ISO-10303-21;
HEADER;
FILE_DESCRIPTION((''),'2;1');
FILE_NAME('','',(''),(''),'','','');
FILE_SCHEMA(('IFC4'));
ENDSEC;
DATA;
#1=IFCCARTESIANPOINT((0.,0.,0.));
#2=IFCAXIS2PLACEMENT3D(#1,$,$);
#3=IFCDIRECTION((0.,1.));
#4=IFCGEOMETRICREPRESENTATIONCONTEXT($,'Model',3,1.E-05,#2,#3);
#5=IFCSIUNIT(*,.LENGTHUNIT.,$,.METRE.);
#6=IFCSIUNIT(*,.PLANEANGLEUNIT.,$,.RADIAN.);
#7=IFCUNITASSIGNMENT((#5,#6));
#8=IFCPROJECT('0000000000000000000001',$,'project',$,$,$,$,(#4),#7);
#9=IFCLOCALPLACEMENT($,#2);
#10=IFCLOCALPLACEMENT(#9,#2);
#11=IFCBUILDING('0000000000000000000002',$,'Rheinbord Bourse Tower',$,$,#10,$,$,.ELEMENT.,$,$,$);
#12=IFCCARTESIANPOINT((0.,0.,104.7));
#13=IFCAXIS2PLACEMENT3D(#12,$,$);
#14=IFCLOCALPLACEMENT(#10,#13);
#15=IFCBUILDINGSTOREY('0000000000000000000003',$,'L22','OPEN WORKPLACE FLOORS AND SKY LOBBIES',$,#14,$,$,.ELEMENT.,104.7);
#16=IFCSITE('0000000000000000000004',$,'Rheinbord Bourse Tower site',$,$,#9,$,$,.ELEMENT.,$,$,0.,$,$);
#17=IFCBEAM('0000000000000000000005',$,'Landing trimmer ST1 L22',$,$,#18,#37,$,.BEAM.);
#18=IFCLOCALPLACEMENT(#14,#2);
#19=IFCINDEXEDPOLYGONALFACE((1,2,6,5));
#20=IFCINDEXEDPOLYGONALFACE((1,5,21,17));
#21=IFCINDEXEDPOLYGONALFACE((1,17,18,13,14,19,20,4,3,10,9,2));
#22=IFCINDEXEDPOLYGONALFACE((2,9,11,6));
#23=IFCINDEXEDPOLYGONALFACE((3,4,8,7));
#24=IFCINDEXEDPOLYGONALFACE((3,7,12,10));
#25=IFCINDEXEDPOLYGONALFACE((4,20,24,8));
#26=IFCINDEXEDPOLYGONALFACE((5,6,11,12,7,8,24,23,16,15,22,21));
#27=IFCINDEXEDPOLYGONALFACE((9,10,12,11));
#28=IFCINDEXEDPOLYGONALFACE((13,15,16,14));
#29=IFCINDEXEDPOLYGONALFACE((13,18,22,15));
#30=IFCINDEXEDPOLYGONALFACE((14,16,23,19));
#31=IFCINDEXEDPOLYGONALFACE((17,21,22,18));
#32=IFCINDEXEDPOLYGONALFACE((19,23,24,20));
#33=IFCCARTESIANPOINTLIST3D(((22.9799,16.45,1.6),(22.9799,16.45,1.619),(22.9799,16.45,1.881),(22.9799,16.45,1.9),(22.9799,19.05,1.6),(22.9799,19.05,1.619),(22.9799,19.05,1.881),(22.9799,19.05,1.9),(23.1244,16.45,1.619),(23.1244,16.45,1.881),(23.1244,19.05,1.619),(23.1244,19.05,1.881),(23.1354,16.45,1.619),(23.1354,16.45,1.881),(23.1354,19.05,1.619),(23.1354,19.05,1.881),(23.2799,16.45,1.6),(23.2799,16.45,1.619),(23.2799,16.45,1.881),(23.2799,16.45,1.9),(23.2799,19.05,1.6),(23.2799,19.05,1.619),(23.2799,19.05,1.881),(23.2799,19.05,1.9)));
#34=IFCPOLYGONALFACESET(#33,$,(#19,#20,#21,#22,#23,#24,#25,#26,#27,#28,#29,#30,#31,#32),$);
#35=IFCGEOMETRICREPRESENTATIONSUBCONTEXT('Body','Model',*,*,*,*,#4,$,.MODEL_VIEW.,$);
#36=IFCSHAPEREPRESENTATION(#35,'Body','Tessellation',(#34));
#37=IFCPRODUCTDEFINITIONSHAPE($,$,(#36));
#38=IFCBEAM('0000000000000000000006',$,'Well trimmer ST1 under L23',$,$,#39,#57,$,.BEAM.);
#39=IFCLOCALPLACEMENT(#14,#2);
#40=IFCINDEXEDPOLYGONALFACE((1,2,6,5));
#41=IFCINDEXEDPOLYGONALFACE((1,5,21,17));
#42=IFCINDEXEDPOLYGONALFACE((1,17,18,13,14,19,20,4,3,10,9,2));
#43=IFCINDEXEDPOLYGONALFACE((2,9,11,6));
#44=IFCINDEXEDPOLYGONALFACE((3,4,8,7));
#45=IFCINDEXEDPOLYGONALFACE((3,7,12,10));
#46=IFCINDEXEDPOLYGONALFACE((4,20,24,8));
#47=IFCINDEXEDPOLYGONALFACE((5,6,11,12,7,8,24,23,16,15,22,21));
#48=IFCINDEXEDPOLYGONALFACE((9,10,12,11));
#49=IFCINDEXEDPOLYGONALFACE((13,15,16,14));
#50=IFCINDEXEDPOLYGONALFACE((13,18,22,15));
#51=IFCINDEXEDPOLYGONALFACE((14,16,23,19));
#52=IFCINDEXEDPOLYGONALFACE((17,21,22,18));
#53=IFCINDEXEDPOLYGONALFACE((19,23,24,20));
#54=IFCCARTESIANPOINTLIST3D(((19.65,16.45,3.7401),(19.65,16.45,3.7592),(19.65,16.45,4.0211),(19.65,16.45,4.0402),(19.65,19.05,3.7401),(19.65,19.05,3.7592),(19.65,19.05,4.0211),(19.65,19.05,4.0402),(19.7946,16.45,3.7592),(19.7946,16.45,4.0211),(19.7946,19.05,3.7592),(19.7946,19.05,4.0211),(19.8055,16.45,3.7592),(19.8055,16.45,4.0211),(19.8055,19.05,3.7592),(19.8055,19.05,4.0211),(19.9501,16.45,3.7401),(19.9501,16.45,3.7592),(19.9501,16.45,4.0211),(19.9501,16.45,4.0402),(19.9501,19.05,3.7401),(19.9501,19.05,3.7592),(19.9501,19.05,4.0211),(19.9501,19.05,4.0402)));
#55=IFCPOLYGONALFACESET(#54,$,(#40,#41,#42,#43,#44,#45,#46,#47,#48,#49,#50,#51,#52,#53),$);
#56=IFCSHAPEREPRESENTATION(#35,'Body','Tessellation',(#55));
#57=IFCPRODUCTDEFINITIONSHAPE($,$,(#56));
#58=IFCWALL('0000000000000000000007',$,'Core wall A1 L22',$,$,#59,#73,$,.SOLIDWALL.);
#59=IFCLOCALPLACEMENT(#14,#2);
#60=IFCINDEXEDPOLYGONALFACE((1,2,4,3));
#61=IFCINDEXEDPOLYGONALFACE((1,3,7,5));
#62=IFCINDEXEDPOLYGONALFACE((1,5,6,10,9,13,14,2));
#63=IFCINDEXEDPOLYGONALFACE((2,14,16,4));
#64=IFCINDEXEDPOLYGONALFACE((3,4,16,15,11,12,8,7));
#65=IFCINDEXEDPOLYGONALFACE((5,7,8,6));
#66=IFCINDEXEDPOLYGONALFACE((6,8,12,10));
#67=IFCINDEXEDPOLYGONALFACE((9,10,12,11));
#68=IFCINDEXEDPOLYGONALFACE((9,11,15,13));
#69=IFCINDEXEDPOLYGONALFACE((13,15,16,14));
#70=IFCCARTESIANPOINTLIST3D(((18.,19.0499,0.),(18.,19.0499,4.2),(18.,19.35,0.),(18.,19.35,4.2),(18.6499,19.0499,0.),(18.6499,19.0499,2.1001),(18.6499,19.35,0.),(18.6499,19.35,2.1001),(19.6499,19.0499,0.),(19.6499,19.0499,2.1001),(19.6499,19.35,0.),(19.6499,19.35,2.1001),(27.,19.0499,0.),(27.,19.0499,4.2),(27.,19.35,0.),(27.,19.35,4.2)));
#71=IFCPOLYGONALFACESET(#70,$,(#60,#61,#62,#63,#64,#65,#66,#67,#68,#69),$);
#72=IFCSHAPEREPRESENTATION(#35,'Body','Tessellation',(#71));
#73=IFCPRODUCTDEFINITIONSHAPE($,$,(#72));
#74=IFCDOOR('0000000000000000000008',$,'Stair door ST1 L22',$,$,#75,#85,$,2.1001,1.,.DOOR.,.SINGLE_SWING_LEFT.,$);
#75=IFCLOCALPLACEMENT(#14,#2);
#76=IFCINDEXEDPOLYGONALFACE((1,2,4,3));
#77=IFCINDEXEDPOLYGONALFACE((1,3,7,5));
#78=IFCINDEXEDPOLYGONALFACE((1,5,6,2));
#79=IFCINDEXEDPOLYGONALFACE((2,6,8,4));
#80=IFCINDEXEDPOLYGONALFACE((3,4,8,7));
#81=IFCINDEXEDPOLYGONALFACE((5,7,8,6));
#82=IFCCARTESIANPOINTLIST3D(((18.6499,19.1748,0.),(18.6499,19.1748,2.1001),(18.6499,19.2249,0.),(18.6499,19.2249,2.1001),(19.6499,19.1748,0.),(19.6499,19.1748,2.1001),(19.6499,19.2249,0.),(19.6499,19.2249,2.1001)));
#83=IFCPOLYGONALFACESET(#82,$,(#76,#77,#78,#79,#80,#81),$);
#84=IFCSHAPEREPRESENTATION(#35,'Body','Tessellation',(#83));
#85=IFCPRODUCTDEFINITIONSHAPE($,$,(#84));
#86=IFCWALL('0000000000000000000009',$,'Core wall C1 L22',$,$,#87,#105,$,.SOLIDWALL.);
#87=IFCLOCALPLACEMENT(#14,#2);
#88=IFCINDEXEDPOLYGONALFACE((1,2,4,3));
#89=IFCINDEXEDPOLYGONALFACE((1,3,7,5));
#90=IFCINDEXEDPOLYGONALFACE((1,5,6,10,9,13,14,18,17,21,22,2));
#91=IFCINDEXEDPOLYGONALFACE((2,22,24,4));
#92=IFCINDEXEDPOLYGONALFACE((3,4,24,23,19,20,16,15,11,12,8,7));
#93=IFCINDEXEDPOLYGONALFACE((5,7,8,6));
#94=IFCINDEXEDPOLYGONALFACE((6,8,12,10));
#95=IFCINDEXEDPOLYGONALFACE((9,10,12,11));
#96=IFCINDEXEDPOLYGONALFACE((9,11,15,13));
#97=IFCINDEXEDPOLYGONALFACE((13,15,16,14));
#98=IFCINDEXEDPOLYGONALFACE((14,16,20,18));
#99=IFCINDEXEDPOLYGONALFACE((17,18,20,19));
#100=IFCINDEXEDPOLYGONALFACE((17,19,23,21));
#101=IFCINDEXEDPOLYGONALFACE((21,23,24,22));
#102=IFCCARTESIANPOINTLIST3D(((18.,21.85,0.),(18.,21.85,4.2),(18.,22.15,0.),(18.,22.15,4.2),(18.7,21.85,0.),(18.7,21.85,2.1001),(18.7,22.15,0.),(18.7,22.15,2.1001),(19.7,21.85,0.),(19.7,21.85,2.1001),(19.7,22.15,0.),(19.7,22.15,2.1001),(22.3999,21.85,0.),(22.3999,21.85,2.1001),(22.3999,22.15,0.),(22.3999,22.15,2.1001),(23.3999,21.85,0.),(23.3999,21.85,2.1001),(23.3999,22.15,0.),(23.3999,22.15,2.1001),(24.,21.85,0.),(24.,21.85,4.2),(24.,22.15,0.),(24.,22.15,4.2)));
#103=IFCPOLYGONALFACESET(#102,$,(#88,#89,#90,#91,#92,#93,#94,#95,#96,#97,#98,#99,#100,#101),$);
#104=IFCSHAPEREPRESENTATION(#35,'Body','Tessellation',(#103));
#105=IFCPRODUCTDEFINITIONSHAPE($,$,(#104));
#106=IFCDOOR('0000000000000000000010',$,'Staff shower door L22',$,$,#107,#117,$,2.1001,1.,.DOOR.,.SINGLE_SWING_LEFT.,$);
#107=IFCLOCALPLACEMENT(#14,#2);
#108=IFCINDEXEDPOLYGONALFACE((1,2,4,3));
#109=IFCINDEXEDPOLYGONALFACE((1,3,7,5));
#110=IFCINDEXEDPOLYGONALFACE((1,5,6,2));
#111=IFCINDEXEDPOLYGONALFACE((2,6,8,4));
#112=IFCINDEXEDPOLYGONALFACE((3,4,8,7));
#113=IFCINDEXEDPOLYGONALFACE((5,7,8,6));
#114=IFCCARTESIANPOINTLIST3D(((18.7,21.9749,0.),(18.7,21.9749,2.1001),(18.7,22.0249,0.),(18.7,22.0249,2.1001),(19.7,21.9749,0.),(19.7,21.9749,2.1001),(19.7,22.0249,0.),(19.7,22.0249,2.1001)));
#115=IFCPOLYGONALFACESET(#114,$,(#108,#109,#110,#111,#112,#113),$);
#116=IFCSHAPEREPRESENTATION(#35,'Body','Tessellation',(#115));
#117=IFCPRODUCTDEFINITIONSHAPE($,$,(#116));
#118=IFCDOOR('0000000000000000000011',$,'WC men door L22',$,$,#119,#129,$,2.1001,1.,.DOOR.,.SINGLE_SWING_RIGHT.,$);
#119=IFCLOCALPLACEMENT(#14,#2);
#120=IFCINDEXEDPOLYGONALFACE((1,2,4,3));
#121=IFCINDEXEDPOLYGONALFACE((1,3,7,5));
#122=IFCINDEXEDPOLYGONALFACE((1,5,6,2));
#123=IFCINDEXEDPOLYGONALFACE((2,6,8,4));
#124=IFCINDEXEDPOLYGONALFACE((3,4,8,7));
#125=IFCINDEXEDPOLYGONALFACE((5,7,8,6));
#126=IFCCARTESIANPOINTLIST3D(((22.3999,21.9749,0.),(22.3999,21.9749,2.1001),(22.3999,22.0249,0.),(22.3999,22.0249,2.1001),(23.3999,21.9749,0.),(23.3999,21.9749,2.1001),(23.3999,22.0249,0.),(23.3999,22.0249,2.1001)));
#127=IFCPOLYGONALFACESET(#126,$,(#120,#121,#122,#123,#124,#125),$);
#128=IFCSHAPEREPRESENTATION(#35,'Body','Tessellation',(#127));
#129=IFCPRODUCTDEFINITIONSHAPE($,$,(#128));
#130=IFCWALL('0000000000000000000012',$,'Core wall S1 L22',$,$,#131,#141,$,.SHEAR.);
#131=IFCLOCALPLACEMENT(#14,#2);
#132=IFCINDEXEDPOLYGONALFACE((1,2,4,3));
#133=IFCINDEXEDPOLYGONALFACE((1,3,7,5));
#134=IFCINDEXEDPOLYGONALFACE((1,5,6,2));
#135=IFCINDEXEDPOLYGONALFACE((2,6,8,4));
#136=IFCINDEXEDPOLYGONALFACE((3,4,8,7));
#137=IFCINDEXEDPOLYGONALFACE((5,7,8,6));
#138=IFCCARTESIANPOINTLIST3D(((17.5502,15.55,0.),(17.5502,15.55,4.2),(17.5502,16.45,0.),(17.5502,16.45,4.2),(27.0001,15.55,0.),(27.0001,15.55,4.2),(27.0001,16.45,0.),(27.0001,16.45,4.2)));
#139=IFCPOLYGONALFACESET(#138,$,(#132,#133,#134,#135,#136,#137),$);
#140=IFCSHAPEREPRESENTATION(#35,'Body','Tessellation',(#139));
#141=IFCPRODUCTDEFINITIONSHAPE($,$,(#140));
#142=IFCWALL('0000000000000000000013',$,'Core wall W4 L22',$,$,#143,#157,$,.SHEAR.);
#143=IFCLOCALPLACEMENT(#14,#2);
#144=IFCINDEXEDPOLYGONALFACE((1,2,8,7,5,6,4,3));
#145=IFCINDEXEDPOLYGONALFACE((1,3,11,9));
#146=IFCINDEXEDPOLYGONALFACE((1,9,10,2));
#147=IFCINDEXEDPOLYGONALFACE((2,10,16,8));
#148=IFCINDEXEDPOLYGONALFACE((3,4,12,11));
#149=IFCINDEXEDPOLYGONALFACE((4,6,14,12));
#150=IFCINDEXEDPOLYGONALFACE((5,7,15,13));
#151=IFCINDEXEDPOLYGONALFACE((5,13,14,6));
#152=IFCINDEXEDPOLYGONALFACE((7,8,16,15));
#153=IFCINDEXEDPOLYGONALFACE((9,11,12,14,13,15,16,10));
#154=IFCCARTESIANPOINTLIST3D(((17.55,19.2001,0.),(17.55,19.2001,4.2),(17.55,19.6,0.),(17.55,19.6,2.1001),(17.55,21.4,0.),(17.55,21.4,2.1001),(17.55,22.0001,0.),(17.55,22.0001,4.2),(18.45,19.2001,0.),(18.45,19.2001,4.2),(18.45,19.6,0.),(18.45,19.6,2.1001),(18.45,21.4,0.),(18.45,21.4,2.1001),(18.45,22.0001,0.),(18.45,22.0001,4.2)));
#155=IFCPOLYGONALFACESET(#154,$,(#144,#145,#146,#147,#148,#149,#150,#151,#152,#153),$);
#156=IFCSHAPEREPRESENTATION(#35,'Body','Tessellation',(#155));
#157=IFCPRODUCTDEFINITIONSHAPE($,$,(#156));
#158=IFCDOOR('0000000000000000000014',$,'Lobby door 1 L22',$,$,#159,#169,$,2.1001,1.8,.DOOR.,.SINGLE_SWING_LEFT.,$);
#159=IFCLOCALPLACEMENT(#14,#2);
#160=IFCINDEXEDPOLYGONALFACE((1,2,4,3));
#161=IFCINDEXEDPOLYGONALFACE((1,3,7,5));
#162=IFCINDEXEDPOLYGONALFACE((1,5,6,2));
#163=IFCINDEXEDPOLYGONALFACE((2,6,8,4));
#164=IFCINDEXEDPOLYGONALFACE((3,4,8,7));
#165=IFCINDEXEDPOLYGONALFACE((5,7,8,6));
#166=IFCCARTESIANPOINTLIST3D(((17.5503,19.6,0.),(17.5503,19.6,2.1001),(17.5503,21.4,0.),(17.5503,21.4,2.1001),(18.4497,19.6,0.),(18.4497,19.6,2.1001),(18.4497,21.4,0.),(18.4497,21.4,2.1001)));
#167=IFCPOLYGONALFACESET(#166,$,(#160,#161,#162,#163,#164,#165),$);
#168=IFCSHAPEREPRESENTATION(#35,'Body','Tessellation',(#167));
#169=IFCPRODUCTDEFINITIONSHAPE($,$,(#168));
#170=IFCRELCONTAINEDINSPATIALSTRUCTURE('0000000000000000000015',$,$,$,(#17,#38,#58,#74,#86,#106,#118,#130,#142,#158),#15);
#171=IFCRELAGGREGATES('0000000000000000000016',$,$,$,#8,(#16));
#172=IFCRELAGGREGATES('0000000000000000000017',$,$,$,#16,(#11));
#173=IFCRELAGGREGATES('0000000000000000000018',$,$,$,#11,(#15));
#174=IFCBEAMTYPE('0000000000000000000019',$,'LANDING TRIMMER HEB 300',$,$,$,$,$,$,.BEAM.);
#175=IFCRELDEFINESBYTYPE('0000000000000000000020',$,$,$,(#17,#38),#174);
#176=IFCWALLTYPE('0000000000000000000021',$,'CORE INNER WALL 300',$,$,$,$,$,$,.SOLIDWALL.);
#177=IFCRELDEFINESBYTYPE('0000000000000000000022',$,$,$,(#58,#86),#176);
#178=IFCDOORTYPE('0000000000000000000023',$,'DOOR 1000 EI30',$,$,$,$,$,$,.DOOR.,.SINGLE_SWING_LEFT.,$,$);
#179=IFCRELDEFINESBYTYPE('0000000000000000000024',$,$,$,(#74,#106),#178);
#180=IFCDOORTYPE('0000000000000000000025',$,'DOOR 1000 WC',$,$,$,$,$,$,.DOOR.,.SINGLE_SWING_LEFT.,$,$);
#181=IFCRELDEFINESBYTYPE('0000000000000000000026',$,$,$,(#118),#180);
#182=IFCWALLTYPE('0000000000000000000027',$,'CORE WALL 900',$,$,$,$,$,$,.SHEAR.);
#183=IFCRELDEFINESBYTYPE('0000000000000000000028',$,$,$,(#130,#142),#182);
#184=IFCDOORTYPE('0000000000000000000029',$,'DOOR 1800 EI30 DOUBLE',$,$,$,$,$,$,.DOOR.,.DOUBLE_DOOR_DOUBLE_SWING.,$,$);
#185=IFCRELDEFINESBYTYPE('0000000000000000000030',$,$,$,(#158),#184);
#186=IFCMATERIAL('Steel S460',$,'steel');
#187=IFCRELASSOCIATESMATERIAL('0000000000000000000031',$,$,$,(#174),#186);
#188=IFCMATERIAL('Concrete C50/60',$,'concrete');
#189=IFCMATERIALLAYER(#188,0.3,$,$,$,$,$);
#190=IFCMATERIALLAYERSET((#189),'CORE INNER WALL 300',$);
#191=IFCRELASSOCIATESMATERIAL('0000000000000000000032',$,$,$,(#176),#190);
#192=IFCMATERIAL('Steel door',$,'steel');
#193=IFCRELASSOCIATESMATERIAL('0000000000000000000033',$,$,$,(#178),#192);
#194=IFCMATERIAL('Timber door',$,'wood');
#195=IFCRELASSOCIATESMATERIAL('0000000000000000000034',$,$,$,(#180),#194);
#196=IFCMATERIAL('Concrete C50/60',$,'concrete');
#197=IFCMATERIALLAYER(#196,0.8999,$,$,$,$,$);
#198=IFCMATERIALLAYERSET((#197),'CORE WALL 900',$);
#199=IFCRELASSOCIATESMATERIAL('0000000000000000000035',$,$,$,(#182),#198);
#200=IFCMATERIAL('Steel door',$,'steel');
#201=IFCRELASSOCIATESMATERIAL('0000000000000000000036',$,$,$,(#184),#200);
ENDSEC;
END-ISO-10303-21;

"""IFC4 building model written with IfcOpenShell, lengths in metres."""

from ifc_helpers import new_model, si_unit, direction, frame, frame_2d, origin, origin_2d, place, context, subcontext, project, spatial, rectangle, i_section, extrude, material, layer, layer_set, material_profile, profile_set, type_object, element, fill, save


model = new_model("IFC4")

# Units and contexts
model_context = context("Model", 3, precision=1e-05, world=origin(), true_north=direction((0.0, 1.0)))
body_context = subcontext(model_context, "Body", "Model", "MODEL_VIEW")
ifc_project = project(units=[si_unit("LENGTHUNIT", "METRE"), si_unit("PLANEANGLEUNIT", "RADIAN")], contexts=[model_context])

# Site, building, storey
site_placement = place(None, origin())
site = spatial("IfcSite", under=ifc_project, at=site_placement, Name="Rheinbord Bourse Tower site", CompositionType="ELEMENT", RefElevation=0.0)
building_placement = place(site_placement, origin())
building = spatial("IfcBuilding", under=site, at=building_placement, Name="Rheinbord Bourse Tower", CompositionType="ELEMENT")
storey_placement = place(building_placement, frame((0.0, 0.0, 104.7)))
storey = spatial("IfcBuildingStorey", under=building, at=storey_placement, Name="L22", Description="OPEN WORKPLACE FLOORS AND SKY LOBBIES", CompositionType="ELEMENT", Elevation=104.7)

# Beams
ifc_material_1 = material(Name="Steel S460", Category="steel")
ifc_material_profile = material_profile(ifc_material_1, i_section(OverallWidth=0.3, OverallDepth=0.3, WebThickness=0.011, FlangeThickness=0.019, at=origin_2d()), Name="HEB 300")
ifc_profile_set = profile_set([ifc_material_profile], Name="Steel S460")
beam_type = type_object("IfcBeamType", Name="LANDING TRIMMER HEB 300", PredefinedType="BEAM", material=ifc_profile_set)
for number, where, z_axis, x_axis, name in (
    (1, (23.1299, 16.45, 1.75), (0.0, 1.0, 0.0), (-1.0, 0.0, 0.0), "Landing trimmer ST1 L22"),
    (2, (19.8, 16.45, 3.8901), (0.0, 1.0, 0.0), (-1.0, 0.0, 0.0), "Well trimmer ST1 under L23"),
):
    element("IfcBeam", number, at=place(storey_placement, frame(where, z_axis=z_axis, x_axis=x_axis)), inside=storey, type_object=beam_type, Name=name, PredefinedType="BEAM", context=body_context, shape_type="SweptSolid", body=[
        extrude(i_section(OverallWidth=0.3, OverallDepth=0.3, WebThickness=0.011, FlangeThickness=0.019, at=origin_2d()), origin(), (0.0, 0.0, 1.0), 2.6001),
    ])

# Wall, opening, door
ifc_material_2 = material(Name="Concrete C50/60", Category="concrete")
ifc_layer_1 = layer(ifc_material_2, 0.3)
ifc_layer_set_1 = layer_set([ifc_layer_1], Name="CORE INNER WALL 300")
wall_type_1 = type_object("IfcWallType", Name="CORE INNER WALL 300", PredefinedType="SOLIDWALL", material=ifc_layer_set_1)
wall_1_placement = place(storey_placement, frame((18.0, 19.2, 0.0), z_axis=(0.0, 0.0, 1.0), x_axis=(1.0, 0.0, 0.0)))
wall_1 = element("IfcWall", 3, at=wall_1_placement, inside=storey, type_object=wall_type_1, Name="Core wall A1 L22", PredefinedType="SOLIDWALL", context=body_context, shape_type="SweptSolid", body=[
    extrude(rectangle(XDim=9.0, YDim=0.3, at=frame_2d((4.5, 0.0))), origin(), (0.0, 0.0, 1.0), 4.2),
])
opening_1_placement = place(wall_1_placement, frame((0.6499, 0.0, 0.0)))
opening_1 = element("IfcOpeningElement", 4, at=opening_1_placement, cuts=wall_1, PredefinedType="OPENING", context=body_context, shape_type="SweptSolid", body=[
    extrude(rectangle(XDim=1.0, YDim=2.1001, at=frame_2d((0.5, 1.05))), frame((0.0, 0.1599, 0.0), z_axis=(0.0, -1.0, 0.0), x_axis=(1.0, 0.0, 0.0)), (0.0, 0.0, 1.0), 0.3201),
])
ifc_material_3 = material(Name="Steel door", Category="steel")
door_type_1 = type_object("IfcDoorType", Name="DOOR 1000 EI30", OperationType="SINGLE_SWING_LEFT", PredefinedType="DOOR", material=ifc_material_3)
door_1_placement = place(opening_1_placement, origin())
door_1 = element("IfcDoor", 5, at=door_1_placement, inside=storey, type_object=door_type_1, Name="Stair door ST1 L22", OperationType="SINGLE_SWING_LEFT", OverallHeight=2.1001, OverallWidth=1.0, PredefinedType="DOOR", context=body_context, shape_type="SweptSolid", body=[
    extrude(rectangle(XDim=1.0, YDim=2.1001, at=frame_2d((0.5, 1.05))), frame((0.0, 0.0249, 0.0), z_axis=(0.0, -1.0, 0.0), x_axis=(1.0, 0.0, 0.0)), (0.0, 0.0, 1.0), 0.05),
])
fill(opening_1, door_1)

# Wall, openings, doors
wall_2_placement = place(storey_placement, frame((18.0, 22.0, 0.0), z_axis=(0.0, 0.0, 1.0), x_axis=(1.0, 0.0, 0.0)))
wall_2 = element("IfcWall", 6, at=wall_2_placement, inside=storey, type_object=wall_type_1, Name="Core wall C1 L22", PredefinedType="SOLIDWALL", context=body_context, shape_type="SweptSolid", body=[
    extrude(rectangle(XDim=6.0, YDim=0.3, at=frame_2d((3.0, 0.0))), origin(), (0.0, 0.0, 1.0), 4.2),
])
opening_2_placement = place(wall_2_placement, frame((4.3999, 0.0, 0.0)))
opening_2 = element("IfcOpeningElement", 7, at=opening_2_placement, cuts=wall_2, PredefinedType="OPENING", context=body_context, shape_type="SweptSolid", body=[
    extrude(rectangle(XDim=1.0, YDim=2.1001, at=frame_2d((0.5, 1.05))), frame((0.0, 0.1599, 0.0), z_axis=(0.0, -1.0, 0.0), x_axis=(1.0, 0.0, 0.0)), (0.0, 0.0, 1.0), 0.3201),
])
opening_3_placement = place(wall_2_placement, frame((0.7, 0.0, 0.0)))
opening_3 = element("IfcOpeningElement", 8, at=opening_3_placement, cuts=wall_2, PredefinedType="OPENING", context=body_context, shape_type="SweptSolid", body=[
    extrude(rectangle(XDim=1.0, YDim=2.1001, at=frame_2d((0.5, 1.05))), frame((0.0, 0.1599, 0.0), z_axis=(0.0, -1.0, 0.0), x_axis=(1.0, 0.0, 0.0)), (0.0, 0.0, 1.0), 0.3201),
])
door_2_placement = place(opening_3_placement, origin())
door_2 = element("IfcDoor", 9, at=door_2_placement, inside=storey, type_object=door_type_1, Name="Staff shower door L22", OperationType="SINGLE_SWING_LEFT", OverallHeight=2.1001, OverallWidth=1.0, PredefinedType="DOOR", context=body_context, shape_type="SweptSolid", body=[
    extrude(rectangle(XDim=1.0, YDim=2.1001, at=frame_2d((0.5, 1.05))), frame((0.0, 0.0249, 0.0), z_axis=(0.0, -1.0, 0.0), x_axis=(1.0, 0.0, 0.0)), (0.0, 0.0, 1.0), 0.05),
])
fill(opening_3, door_2)
ifc_material_4 = material(Name="Timber door", Category="wood")
door_type_2 = type_object("IfcDoorType", Name="DOOR 1000 WC", OperationType="SINGLE_SWING_LEFT", PredefinedType="DOOR", material=ifc_material_4)
door_3_placement = place(opening_2_placement, origin())
door_3 = element("IfcDoor", 10, at=door_3_placement, inside=storey, type_object=door_type_2, Name="WC men door L22", OperationType="SINGLE_SWING_RIGHT", OverallHeight=2.1001, OverallWidth=1.0, PredefinedType="DOOR", context=body_context, shape_type="SweptSolid", body=[
    extrude(rectangle(XDim=1.0, YDim=2.1001, at=frame_2d((0.5, 1.05))), frame((0.0, 0.0249, 0.0), z_axis=(0.0, -1.0, 0.0), x_axis=(1.0, 0.0, 0.0)), (0.0, 0.0, 1.0), 0.05),
])
fill(opening_2, door_3)

# Wall
ifc_material_5 = material(Name="Concrete C50/60", Category="concrete")
ifc_layer_2 = layer(ifc_material_5, 0.8999)
ifc_layer_set_2 = layer_set([ifc_layer_2], Name="CORE WALL 900")
wall_type_2 = type_object("IfcWallType", Name="CORE WALL 900", PredefinedType="SHEAR", material=ifc_layer_set_2)
wall_3_placement = place(storey_placement, frame((17.55, 16.0, 0.0), z_axis=(0.0, 0.0, 1.0), x_axis=(1.0, 0.0, 0.0)))
element("IfcWall", 11, at=wall_3_placement, inside=storey, type_object=wall_type_2, Name="Core wall S1 L22", PredefinedType="SHEAR", context=body_context, shape_type="SweptSolid", body=[
    extrude(rectangle(XDim=9.45, YDim=0.8999, at=frame_2d((4.7251, 0.0))), origin(), (0.0, 0.0, 1.0), 4.2),
])

# Wall, opening, door
wall_4_placement = place(storey_placement, frame((18.0, 22.0, 0.0), z_axis=(0.0, 0.0, 1.0), x_axis=(0.0, -1.0, 0.0)))
wall_4 = element("IfcWall", 12, at=wall_4_placement, inside=storey, type_object=wall_type_2, Name="Core wall W4 L22", PredefinedType="SHEAR", context=body_context, shape_type="SweptSolid", body=[
    extrude(rectangle(XDim=2.8, YDim=0.8999, at=frame_2d((1.3999, 0.0))), origin(), (0.0, 0.0, 1.0), 4.2),
])
opening_4_placement = place(wall_4_placement, frame((0.6001, 0.0, 0.0)))
opening_4 = element("IfcOpeningElement", 13, at=opening_4_placement, cuts=wall_4, PredefinedType="OPENING", context=body_context, shape_type="SweptSolid", body=[
    extrude(rectangle(XDim=1.8, YDim=2.1001, at=frame_2d((0.8999, 1.05))), frame((0.0, 0.46, 0.0), z_axis=(0.0, -1.0, 0.0), x_axis=(1.0, 0.0, 0.0)), (0.0, 0.0, 1.0), 0.9199),
])
ifc_material_6 = material(Name="Steel door", Category="steel")
door_type_3 = type_object("IfcDoorType", Name="DOOR 1800 EI30 DOUBLE", OperationType="DOUBLE_DOOR_DOUBLE_SWING", PredefinedType="DOOR", material=ifc_material_6)
door_4_placement = place(opening_4_placement, origin())
door_4 = element("IfcDoor", 14, at=door_4_placement, inside=storey, type_object=door_type_3, Name="Lobby door 1 L22", OperationType="SINGLE_SWING_LEFT", OverallHeight=2.1001, OverallWidth=1.8, PredefinedType="DOOR", context=body_context, shape_type="SweptSolid", body=[
    extrude(rectangle(XDim=1.8, YDim=2.1001, at=frame_2d((0.8999, 1.05))), frame((0.0, 0.4497, 0.0), z_axis=(0.0, -1.0, 0.0), x_axis=(1.0, 0.0, 0.0)), (0.0, 0.0, 1.0), 0.8994),
])
fill(opening_4, door_4)

save(model, "model.ifc")
